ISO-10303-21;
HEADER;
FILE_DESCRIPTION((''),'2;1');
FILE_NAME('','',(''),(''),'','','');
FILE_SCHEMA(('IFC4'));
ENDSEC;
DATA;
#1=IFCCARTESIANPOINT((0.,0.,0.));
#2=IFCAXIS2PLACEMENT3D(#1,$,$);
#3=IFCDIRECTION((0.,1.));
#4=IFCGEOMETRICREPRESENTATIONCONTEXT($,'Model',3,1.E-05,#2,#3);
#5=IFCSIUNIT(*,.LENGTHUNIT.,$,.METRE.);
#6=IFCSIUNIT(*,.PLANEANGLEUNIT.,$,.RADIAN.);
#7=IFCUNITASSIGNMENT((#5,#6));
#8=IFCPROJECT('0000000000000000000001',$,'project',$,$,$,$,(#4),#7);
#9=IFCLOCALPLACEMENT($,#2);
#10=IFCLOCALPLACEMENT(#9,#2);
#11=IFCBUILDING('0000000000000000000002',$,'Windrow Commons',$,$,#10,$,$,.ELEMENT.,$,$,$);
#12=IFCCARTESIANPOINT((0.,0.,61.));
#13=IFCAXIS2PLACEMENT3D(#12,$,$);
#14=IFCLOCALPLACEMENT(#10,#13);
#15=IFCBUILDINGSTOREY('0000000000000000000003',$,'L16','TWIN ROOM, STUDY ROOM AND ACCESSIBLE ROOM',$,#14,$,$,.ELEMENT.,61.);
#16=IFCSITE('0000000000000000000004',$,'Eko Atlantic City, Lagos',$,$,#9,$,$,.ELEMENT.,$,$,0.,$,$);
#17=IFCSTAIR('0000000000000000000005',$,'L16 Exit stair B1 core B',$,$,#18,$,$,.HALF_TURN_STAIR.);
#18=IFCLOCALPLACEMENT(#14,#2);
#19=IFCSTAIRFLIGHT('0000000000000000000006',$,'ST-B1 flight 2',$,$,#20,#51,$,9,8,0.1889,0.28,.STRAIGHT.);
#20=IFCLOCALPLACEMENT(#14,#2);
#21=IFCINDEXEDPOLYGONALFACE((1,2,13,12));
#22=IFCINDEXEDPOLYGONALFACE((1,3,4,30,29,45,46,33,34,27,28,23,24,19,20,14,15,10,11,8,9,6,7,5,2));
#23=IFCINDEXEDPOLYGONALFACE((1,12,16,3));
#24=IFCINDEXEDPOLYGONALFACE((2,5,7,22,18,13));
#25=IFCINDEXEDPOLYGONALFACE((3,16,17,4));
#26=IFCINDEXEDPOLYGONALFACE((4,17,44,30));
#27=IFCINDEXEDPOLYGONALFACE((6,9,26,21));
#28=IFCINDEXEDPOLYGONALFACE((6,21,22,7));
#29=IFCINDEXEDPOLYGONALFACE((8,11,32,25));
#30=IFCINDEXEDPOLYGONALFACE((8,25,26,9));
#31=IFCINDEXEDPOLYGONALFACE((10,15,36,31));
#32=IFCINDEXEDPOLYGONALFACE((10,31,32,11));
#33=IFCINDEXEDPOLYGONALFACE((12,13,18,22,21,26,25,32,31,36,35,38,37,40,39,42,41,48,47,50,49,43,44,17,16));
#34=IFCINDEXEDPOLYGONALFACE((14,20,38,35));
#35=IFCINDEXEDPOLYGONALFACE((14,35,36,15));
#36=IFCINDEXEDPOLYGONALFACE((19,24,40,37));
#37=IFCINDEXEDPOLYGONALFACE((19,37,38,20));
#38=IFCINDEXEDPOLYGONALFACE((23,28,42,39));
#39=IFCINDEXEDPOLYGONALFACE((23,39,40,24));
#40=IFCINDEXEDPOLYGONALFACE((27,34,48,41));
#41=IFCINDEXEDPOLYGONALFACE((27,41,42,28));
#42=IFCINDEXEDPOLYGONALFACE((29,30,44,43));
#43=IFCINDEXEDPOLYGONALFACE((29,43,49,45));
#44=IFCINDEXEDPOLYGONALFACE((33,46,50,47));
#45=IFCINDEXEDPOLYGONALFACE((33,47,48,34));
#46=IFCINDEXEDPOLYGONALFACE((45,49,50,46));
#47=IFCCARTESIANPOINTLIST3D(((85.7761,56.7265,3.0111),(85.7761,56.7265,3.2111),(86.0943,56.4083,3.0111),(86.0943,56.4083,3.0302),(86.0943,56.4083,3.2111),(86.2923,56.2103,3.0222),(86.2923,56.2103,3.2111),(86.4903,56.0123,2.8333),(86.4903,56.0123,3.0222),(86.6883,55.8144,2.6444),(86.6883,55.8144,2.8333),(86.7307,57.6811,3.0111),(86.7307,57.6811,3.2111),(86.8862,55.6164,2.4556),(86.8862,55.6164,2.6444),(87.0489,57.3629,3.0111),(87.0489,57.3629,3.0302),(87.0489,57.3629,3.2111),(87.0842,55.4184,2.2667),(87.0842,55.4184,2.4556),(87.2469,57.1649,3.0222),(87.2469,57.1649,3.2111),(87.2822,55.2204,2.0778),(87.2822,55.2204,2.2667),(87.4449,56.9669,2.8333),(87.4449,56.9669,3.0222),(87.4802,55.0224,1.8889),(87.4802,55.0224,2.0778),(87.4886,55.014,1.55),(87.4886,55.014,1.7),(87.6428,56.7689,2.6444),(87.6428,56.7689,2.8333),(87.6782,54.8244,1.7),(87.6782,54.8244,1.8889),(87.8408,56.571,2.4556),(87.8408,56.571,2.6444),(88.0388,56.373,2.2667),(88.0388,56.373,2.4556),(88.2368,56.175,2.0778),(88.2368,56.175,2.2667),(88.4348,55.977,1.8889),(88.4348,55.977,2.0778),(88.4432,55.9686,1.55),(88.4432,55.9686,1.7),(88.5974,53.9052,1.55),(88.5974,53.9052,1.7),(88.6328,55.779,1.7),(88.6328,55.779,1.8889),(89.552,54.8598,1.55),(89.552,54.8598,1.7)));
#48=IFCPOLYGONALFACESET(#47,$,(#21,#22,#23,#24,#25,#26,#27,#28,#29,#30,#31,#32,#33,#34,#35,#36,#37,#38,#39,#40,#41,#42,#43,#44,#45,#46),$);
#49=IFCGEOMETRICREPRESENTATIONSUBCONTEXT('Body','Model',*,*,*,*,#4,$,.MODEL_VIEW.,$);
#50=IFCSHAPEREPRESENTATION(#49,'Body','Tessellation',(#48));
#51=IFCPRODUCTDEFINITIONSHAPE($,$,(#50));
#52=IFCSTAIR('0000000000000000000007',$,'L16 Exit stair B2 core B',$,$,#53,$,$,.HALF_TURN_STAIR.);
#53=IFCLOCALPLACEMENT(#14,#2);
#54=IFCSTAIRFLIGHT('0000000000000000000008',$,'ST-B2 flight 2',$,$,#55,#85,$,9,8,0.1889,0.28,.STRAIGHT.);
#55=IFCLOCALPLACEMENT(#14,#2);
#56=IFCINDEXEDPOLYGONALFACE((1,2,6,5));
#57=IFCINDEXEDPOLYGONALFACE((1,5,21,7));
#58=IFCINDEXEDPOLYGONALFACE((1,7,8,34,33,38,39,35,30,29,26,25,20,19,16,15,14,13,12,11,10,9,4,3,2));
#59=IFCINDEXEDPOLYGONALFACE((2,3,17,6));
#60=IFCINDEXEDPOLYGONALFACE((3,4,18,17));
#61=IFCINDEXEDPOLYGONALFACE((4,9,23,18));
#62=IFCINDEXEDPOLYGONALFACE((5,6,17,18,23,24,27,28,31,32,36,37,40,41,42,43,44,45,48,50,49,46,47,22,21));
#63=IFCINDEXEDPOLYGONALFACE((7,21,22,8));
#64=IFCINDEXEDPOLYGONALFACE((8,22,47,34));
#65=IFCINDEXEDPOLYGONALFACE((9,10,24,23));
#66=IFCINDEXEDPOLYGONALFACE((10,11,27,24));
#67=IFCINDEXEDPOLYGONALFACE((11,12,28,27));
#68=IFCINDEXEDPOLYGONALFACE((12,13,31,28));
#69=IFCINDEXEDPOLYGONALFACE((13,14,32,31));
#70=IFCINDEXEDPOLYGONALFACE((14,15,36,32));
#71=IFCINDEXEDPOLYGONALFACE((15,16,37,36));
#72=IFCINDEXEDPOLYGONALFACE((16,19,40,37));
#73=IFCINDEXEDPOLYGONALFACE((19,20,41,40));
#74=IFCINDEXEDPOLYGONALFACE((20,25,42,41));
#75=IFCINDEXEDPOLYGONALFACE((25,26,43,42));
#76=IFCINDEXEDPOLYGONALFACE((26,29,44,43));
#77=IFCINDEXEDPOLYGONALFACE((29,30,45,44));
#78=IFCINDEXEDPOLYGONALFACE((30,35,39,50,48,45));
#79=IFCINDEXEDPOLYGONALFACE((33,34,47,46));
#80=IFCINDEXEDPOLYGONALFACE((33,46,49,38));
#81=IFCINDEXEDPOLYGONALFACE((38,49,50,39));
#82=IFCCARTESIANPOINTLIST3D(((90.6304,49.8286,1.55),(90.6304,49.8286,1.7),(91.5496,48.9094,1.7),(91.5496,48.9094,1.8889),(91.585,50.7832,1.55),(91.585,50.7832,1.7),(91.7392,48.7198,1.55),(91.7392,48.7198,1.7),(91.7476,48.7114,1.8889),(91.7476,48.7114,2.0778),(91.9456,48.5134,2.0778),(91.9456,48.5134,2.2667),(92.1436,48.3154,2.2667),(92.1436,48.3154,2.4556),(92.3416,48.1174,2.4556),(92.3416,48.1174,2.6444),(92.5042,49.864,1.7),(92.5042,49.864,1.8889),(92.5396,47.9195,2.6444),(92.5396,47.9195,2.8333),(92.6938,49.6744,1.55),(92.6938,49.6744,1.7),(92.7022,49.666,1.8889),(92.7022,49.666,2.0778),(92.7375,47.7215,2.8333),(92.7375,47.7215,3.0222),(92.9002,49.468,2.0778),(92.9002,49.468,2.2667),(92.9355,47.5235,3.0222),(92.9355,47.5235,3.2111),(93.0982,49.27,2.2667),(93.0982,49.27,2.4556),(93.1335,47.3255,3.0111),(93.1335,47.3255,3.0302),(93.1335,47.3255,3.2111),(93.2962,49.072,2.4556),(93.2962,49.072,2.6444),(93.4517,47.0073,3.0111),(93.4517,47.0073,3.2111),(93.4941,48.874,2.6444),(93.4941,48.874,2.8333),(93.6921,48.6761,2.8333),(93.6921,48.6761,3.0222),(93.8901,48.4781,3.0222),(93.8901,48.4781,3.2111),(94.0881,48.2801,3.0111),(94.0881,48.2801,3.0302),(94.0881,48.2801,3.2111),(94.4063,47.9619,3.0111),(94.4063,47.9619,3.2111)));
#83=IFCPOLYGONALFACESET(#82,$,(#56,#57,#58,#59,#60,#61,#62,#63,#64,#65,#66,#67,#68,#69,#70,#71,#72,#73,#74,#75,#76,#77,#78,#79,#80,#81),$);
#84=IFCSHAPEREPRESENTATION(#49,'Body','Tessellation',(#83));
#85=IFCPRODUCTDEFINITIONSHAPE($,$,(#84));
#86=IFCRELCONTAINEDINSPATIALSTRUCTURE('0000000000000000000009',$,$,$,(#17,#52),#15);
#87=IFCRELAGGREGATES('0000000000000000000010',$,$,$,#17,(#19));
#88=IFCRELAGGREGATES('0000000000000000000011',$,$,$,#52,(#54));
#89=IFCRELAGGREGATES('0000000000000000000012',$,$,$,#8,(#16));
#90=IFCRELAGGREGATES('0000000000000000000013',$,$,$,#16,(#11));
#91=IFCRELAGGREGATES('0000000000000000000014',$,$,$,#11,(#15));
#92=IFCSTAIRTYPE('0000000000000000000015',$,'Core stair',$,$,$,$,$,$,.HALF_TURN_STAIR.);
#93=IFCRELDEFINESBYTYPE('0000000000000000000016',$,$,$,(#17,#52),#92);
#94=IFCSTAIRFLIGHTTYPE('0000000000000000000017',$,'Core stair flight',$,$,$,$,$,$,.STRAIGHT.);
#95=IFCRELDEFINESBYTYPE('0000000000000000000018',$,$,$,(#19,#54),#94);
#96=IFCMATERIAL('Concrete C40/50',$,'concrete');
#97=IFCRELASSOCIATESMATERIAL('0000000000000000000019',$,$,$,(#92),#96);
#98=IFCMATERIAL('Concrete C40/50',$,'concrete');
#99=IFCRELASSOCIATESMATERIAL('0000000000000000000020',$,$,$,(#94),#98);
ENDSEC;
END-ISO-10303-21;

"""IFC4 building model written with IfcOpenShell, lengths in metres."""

from ifc_helpers import new_model, si_unit, direction, frame, origin, place, context, subcontext, project, spatial, polyline, outline, extrude, material, type_object, element, aggregate, save


model = new_model("IFC4")

# Units and contexts
model_context = context("Model", 3, precision=1e-05, world=origin(), true_north=direction((0.0, 1.0)))
body_context = subcontext(model_context, "Body", "Model", "MODEL_VIEW")
ifc_project = project(units=[si_unit("LENGTHUNIT", "METRE"), si_unit("PLANEANGLEUNIT", "RADIAN")], contexts=[model_context])

# Site, building, storey
site_placement = place(None, origin())
site = spatial("IfcSite", under=ifc_project, at=site_placement, Name="Eko Atlantic City, Lagos", CompositionType="ELEMENT", RefElevation=0.0)
building_placement = place(site_placement, origin())
building = spatial("IfcBuilding", under=site, at=building_placement, Name="Windrow Commons", CompositionType="ELEMENT")
storey_placement = place(building_placement, frame((0.0, 0.0, 61.0)))
storey = spatial("IfcBuildingStorey", under=building, at=storey_placement, Name="L16", Description="TWIN ROOM, STUDY ROOM AND ACCESSIBLE ROOM", CompositionType="ELEMENT", Elevation=61.0)

# Stair, stair flight
ifc_material_1 = material(Name="Concrete C40/50", Category="concrete")
stair_type = type_object("IfcStairType", Name="Core stair", PredefinedType="HALF_TURN_STAIR", material=ifc_material_1)
placement = place(storey_placement, origin())
stair_1 = element("IfcStair", 1, at=placement, inside=storey, type_object=stair_type, Name="L16 Exit stair B1 core B", PredefinedType="HALF_TURN_STAIR")
ifc_material_2 = material(Name="Concrete C40/50", Category="concrete")
stair_flight_type = type_object("IfcStairFlightType", Name="Core stair flight", PredefinedType="STRAIGHT", material=ifc_material_2)
stair_flight_1_placement = place(storey_placement, frame((88.1555, 55.3017, 1.7), z_axis=(0.0, 0.0, 1.0), x_axis=(-0.707107, 0.707107, 0.0)))
stair_flight_1 = element("IfcStairFlight", 2, at=stair_flight_1_placement, type_object=stair_flight_type, Name="ST-B1 flight 2", NumberOfRisers=9, NumberOfTreads=8, PredefinedType="STRAIGHT", RiserHeight=0.1889, TreadLength=0.28, context=body_context, shape_type="SweptSolid", body=[
    extrude(outline(polyline([(-1.3, -0.15), (-1.3, 0.0), (0.0, 0.0), (0.0, 0.1889), (0.28, 0.1889), (0.28, 0.3778), (0.56, 0.3778), (0.56, 0.5667), (0.84, 0.5667), (0.84, 0.7556), (1.12, 0.7556), (1.12, 0.9444), (1.4, 0.9444), (1.4, 1.1333), (1.68, 1.1333), (1.68, 1.3222), (1.96, 1.3222), (1.96, 1.5111), (2.24, 1.5111), (2.69, 1.5111), (2.69, 1.3111), (2.24, 1.3111), (2.24, 1.3302), (0.2682, 0.0), (0.2682, -0.15), (-1.3, -0.15)])), frame((0.0, 0.675, 0.0), z_axis=(0.0, -1.0, 0.0), x_axis=(1.0, 0.0, 0.0)), (0.0, 0.0, 1.0), 1.35),
])
aggregate(stair_1, [stair_flight_1])

# Stair, stair flight
stair_2 = element("IfcStair", 3, at=placement, inside=storey, type_object=stair_type, Name="L16 Exit stair B2 core B", PredefinedType="HALF_TURN_STAIR")
stair_flight_2_placement = place(storey_placement, frame((92.0269, 49.3867, 1.7), z_axis=(0.0, 0.0, 1.0), x_axis=(0.707107, -0.707107, 0.0)))
stair_flight_2 = element("IfcStairFlight", 4, at=stair_flight_2_placement, type_object=stair_flight_type, Name="ST-B2 flight 2", NumberOfRisers=9, NumberOfTreads=8, PredefinedType="STRAIGHT", RiserHeight=0.1889, TreadLength=0.28, context=body_context, shape_type="SweptSolid", body=[
    extrude(outline(polyline([(-1.3, -0.15), (-1.3, 0.0), (0.0, 0.0), (0.0, 0.1889), (0.28, 0.1889), (0.28, 0.3778), (0.56, 0.3778), (0.56, 0.5667), (0.84, 0.5667), (0.84, 0.7556), (1.12, 0.7556), (1.12, 0.9444), (1.4, 0.9444), (1.4, 1.1333), (1.68, 1.1333), (1.68, 1.3222), (1.96, 1.3222), (1.96, 1.5111), (2.24, 1.5111), (2.69, 1.5111), (2.69, 1.3111), (2.24, 1.3111), (2.24, 1.3302), (0.2682, 0.0), (0.2682, -0.15), (-1.3, -0.15)])), frame((0.0, 0.675, 0.0), z_axis=(0.0, -1.0, 0.0), x_axis=(1.0, 0.0, 0.0)), (0.0, 0.0, 1.0), 1.35),
])
aggregate(stair_2, [stair_flight_2])

save(model, "model.ifc")
